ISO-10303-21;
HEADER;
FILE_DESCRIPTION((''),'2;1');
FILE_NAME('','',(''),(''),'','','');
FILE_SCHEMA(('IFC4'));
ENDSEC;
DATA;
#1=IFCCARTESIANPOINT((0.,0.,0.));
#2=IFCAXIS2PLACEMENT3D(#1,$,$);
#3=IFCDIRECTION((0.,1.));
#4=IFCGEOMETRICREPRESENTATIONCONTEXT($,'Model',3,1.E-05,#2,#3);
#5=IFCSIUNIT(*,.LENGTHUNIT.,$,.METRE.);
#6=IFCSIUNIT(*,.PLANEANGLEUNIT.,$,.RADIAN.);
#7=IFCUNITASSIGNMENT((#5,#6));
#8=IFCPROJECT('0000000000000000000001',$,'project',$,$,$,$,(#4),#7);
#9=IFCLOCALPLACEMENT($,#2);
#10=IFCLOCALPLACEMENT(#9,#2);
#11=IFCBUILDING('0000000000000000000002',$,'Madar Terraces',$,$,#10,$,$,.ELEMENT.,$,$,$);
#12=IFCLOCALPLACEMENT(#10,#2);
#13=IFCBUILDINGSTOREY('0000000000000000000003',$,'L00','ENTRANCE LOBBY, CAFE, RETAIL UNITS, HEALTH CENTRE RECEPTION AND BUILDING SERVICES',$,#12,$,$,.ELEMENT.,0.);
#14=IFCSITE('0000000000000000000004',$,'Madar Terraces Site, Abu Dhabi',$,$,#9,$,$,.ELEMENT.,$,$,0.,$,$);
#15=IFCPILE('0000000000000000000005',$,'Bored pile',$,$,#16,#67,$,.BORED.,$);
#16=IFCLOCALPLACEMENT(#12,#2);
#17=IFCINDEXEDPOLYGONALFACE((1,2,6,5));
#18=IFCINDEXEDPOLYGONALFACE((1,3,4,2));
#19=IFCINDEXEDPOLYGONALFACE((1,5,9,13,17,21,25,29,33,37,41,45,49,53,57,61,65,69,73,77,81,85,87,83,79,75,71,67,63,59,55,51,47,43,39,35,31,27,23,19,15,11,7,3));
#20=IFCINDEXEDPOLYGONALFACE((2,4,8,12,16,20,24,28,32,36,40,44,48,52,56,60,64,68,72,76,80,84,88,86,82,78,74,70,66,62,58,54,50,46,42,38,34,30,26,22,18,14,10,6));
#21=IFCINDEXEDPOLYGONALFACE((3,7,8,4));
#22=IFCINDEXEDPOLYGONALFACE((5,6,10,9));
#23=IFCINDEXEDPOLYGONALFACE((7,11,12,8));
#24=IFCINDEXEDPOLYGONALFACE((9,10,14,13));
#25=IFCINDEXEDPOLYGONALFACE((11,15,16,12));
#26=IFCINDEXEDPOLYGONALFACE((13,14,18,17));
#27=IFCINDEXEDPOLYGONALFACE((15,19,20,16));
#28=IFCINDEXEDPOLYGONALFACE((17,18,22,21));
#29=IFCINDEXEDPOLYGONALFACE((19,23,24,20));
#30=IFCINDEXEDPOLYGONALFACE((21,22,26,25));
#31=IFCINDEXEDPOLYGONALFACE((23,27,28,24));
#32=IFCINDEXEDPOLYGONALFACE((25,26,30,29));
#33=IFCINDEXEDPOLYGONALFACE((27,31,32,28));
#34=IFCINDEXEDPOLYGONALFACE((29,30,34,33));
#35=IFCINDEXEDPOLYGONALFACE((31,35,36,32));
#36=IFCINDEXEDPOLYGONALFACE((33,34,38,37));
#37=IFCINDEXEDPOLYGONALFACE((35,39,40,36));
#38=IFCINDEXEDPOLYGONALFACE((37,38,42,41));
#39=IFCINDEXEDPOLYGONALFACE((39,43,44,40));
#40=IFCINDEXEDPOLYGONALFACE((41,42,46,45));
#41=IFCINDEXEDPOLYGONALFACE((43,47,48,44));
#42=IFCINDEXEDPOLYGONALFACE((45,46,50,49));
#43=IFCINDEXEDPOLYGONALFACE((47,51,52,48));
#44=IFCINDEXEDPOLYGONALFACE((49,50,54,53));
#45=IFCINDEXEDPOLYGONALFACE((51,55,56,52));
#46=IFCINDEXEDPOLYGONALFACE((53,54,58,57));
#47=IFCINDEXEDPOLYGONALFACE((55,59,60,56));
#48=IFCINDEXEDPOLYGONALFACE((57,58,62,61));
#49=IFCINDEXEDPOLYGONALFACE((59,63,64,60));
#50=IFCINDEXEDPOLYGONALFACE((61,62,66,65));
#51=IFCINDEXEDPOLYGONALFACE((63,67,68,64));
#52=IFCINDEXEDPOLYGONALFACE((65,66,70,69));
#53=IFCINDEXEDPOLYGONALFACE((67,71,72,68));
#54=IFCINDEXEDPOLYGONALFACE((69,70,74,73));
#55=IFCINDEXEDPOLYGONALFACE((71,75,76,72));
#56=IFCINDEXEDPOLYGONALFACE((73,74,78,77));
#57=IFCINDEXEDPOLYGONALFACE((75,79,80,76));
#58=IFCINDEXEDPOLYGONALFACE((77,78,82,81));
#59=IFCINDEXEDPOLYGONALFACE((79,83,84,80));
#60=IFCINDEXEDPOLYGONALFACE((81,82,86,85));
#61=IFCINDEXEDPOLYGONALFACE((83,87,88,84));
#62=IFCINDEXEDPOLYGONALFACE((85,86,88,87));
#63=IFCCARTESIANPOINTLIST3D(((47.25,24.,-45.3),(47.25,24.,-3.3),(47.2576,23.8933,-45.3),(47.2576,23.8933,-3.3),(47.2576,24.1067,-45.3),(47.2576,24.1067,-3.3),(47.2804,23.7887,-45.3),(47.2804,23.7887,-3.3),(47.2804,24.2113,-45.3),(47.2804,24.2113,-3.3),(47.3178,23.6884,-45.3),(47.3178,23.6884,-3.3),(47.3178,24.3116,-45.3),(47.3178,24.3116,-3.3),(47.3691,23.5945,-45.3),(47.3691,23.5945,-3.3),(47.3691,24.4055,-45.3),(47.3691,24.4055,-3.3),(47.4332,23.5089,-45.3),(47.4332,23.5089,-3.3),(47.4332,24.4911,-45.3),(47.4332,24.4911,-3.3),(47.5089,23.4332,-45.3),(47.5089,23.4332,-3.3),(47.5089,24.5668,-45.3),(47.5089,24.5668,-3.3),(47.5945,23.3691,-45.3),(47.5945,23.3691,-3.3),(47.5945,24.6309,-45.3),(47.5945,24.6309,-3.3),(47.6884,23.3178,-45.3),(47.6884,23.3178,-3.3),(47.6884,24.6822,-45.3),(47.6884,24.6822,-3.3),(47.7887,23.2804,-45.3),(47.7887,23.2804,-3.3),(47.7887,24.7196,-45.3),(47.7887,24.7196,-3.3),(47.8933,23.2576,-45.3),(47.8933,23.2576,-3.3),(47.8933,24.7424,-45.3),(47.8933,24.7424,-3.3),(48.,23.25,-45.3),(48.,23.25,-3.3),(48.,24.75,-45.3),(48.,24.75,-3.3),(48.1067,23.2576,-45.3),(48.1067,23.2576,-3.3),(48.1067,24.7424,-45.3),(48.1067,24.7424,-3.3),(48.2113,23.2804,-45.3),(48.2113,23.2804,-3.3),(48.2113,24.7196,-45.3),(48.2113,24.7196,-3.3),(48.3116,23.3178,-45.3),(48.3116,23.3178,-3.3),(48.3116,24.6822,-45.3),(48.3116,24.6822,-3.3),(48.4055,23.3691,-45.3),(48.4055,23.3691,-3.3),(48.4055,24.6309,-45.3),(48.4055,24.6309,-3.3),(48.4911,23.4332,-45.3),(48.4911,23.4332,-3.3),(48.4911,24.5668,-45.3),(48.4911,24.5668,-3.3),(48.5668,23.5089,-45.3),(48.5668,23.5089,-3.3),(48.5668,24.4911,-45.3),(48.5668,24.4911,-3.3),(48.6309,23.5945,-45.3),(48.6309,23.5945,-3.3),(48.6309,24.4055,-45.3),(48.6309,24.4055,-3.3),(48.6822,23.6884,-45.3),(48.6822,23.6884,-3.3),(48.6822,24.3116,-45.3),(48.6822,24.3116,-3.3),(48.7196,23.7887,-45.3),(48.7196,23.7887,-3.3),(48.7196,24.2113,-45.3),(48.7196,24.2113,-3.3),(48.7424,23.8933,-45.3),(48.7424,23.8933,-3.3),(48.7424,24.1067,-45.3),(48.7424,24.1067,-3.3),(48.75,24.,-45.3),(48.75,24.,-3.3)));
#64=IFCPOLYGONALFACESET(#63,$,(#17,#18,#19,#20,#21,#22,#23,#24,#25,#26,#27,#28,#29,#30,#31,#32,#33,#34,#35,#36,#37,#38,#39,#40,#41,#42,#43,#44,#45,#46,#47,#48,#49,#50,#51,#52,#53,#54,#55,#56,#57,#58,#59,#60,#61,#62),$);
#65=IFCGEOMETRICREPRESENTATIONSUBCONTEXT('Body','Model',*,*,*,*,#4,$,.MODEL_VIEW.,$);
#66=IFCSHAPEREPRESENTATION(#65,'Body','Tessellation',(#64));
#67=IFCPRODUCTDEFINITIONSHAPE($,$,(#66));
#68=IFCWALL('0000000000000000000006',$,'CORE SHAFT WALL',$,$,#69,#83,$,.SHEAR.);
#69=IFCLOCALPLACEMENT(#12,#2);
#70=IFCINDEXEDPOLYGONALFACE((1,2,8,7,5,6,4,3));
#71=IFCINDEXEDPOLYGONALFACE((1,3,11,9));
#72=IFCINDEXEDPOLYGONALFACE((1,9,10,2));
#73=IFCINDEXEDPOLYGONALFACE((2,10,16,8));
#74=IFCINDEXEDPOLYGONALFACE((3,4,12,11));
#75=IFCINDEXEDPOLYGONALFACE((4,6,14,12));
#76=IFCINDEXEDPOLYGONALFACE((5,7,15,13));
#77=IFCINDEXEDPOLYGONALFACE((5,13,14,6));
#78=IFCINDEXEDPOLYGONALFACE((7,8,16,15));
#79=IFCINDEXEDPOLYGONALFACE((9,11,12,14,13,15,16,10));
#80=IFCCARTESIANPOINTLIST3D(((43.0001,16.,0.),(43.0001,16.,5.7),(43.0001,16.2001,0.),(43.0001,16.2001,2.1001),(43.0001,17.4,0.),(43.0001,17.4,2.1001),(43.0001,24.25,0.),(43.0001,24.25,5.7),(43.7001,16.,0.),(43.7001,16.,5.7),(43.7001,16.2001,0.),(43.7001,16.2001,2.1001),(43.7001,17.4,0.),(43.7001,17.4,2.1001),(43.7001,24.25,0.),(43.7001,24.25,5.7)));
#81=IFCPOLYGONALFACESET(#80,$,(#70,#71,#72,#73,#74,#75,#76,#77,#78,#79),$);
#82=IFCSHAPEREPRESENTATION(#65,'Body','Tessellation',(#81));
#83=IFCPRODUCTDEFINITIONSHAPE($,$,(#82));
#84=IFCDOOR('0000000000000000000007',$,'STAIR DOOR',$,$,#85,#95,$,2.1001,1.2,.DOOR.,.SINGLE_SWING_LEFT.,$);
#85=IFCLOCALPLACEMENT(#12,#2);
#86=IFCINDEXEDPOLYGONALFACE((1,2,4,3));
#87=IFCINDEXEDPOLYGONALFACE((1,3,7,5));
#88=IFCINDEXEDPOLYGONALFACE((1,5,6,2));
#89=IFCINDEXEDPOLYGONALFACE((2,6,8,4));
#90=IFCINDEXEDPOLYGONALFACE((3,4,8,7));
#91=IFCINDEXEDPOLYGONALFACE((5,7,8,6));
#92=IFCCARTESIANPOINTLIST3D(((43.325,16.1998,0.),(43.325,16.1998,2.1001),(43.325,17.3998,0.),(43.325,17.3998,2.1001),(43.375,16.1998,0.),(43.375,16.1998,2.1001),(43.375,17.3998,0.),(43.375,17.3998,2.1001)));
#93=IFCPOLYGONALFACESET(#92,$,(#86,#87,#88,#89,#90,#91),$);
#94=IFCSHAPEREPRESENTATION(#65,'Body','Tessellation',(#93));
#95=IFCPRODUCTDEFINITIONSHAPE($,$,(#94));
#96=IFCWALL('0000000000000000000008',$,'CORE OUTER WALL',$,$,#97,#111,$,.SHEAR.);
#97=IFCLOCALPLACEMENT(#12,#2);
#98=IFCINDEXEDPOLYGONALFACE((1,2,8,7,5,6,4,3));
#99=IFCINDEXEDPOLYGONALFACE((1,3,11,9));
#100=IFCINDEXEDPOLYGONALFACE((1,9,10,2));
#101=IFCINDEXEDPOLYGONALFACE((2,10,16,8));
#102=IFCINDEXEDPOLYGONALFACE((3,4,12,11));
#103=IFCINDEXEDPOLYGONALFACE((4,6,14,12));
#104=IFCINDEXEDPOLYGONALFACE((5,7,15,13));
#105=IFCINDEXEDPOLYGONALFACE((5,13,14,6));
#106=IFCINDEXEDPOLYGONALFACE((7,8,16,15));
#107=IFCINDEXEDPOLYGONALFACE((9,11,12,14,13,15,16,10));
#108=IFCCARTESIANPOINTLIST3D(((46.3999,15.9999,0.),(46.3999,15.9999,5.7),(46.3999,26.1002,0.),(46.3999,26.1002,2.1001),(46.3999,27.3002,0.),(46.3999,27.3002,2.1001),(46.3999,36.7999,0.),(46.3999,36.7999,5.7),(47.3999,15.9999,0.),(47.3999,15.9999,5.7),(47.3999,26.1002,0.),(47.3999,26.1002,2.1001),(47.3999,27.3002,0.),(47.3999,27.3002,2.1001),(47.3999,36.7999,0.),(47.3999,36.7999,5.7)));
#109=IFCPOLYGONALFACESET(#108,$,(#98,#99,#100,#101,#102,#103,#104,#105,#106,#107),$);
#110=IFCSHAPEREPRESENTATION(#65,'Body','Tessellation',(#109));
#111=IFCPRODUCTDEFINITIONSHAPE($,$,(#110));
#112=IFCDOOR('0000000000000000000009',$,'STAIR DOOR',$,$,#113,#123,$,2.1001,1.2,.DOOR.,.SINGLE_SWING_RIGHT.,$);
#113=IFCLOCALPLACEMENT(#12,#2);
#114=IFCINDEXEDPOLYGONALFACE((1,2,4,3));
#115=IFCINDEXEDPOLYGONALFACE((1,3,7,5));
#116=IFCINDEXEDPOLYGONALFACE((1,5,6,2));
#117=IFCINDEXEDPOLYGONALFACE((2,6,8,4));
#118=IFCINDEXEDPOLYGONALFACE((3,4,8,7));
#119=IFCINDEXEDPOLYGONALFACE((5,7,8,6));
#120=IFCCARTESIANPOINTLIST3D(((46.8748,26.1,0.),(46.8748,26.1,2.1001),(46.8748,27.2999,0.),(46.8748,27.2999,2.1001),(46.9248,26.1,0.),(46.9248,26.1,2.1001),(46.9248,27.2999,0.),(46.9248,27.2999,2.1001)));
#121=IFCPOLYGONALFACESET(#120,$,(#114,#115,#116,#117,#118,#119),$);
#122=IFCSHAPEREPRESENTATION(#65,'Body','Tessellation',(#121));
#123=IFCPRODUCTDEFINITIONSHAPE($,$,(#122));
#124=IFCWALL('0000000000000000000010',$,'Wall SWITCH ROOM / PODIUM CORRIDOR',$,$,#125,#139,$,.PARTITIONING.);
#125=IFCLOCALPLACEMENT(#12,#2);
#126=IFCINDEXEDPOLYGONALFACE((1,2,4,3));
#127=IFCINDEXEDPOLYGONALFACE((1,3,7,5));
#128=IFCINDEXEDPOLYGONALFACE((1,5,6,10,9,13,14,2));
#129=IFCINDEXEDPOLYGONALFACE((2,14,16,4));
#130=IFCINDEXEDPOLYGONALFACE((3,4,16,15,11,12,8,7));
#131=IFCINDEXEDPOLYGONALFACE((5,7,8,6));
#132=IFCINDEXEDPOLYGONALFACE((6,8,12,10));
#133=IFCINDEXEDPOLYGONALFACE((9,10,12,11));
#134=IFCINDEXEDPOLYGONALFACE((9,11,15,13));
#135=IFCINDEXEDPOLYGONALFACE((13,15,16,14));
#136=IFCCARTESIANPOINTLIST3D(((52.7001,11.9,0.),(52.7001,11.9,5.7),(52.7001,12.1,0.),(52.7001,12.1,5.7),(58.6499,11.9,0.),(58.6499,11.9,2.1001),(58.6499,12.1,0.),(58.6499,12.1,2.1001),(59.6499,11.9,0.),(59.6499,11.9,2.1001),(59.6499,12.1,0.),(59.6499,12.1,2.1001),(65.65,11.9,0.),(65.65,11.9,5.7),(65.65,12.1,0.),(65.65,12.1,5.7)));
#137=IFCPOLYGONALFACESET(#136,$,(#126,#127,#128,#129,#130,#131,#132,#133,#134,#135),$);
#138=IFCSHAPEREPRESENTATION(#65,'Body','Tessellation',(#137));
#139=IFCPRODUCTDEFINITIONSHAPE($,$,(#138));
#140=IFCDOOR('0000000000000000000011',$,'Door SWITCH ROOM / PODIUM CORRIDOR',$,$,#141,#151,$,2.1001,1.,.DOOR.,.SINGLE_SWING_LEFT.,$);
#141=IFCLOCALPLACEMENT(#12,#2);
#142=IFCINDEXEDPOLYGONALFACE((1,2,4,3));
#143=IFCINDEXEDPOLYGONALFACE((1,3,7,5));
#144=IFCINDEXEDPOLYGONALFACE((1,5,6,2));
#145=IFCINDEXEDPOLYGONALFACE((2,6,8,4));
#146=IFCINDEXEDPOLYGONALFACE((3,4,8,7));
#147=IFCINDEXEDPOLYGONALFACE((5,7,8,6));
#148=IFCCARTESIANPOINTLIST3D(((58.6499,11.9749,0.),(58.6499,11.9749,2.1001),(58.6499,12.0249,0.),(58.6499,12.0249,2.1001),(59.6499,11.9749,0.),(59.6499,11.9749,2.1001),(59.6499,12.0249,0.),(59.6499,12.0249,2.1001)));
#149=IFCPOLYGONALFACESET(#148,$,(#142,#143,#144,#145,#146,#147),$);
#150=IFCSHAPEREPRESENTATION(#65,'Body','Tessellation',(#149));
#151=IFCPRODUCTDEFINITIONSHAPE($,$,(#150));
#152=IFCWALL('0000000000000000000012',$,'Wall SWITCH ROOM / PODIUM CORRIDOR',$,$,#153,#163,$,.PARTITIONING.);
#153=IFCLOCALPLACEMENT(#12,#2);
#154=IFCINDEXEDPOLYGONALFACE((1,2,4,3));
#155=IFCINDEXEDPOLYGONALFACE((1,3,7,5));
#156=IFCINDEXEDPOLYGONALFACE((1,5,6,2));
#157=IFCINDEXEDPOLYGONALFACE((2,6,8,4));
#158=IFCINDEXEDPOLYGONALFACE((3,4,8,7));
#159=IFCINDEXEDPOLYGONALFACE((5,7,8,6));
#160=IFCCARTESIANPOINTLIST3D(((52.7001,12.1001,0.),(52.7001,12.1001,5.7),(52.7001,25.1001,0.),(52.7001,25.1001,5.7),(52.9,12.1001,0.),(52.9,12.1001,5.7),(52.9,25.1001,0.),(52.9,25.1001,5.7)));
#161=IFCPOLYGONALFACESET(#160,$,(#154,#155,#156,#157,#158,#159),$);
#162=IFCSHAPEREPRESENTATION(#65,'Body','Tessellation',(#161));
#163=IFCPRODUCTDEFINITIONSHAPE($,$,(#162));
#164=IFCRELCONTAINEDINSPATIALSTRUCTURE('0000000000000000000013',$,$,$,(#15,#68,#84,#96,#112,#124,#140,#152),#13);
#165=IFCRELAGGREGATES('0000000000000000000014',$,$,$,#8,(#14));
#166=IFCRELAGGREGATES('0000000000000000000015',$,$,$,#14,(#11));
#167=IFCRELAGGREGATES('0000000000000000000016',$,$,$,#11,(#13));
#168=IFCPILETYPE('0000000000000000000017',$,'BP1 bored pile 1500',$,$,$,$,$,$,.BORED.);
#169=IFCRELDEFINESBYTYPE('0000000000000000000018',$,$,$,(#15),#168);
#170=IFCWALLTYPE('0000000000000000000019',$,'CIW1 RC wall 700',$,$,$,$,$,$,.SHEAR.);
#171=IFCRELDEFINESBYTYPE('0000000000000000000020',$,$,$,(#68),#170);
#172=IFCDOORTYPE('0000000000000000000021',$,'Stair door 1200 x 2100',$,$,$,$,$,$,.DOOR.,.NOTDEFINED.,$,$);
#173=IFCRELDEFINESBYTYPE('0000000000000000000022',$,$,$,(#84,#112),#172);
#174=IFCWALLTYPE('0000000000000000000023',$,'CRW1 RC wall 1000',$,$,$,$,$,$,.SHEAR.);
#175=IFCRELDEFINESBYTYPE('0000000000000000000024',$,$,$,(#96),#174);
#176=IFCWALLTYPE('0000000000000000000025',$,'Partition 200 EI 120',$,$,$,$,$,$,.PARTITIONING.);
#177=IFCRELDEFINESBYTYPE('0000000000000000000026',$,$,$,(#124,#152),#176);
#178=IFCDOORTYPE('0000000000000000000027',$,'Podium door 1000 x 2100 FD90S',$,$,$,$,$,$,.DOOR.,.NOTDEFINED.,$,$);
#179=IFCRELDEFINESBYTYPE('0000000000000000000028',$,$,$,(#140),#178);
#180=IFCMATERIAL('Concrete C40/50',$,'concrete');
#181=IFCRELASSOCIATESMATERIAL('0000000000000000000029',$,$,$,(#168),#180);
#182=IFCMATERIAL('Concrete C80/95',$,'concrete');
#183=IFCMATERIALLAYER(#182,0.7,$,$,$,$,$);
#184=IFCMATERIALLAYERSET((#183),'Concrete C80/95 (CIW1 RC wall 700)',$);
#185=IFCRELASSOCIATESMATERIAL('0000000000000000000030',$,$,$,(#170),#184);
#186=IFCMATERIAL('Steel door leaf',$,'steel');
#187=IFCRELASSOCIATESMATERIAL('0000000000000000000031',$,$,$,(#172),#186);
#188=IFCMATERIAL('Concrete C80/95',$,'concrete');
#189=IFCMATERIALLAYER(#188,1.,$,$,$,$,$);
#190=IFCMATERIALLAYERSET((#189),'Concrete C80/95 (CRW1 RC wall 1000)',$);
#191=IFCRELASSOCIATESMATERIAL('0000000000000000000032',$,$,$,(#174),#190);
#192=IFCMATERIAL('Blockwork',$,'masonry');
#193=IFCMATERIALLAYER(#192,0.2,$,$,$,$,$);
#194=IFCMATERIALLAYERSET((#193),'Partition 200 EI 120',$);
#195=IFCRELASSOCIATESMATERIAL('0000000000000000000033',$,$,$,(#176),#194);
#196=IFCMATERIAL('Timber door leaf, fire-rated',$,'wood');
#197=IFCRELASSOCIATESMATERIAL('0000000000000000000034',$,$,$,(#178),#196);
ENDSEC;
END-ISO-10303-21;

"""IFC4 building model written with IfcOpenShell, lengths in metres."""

from ifc_helpers import new_model, si_unit, direction, frame, frame_2d, origin, origin_2d, place, context, subcontext, project, spatial, rectangle, circle, extrude, material, layer, layer_set, material_profile, profile_set, type_object, element, fill, save


model = new_model("IFC4")

# Units and contexts
model_context = context("Model", 3, precision=1e-05, world=origin(), true_north=direction((0.0, 1.0)))
body_context = subcontext(model_context, "Body", "Model", "MODEL_VIEW")
ifc_project = project(units=[si_unit("LENGTHUNIT", "METRE"), si_unit("PLANEANGLEUNIT", "RADIAN")], contexts=[model_context])

# Site, building, storey
site_placement = place(None, origin())
site = spatial("IfcSite", under=ifc_project, at=site_placement, Name="Madar Terraces Site, Abu Dhabi", CompositionType="ELEMENT", RefElevation=0.0)
building_placement = place(site_placement, origin())
building = spatial("IfcBuilding", under=site, at=building_placement, Name="Madar Terraces", CompositionType="ELEMENT")
storey_placement = place(building_placement, origin())
storey = spatial("IfcBuildingStorey", under=building, at=storey_placement, Name="L00", Description="ENTRANCE LOBBY, CAFE, RETAIL UNITS, HEALTH CENTRE RECEPTION AND BUILDING SERVICES", CompositionType="ELEMENT", Elevation=0.0)

# Pile
ifc_material_1 = material(Name="Concrete C40/50", Category="concrete")
ifc_material_profile = material_profile(ifc_material_1, circle(Radius=0.75, at=origin_2d()), Name="BP1 bored pile 1500")
ifc_profile_set = profile_set([ifc_material_profile], Name="Concrete C40/50")
pile_type = type_object("IfcPileType", Name="BP1 bored pile 1500", PredefinedType="BORED", material=ifc_profile_set)
for number, where, z_axis, x_axis, name in (
    (1, (48.0, 24.0, -3.3), (0.0, 0.0, -1.0), (1.0, 0.0, 0.0), "Bored pile"),
):
    element("IfcPile", number, at=place(storey_placement, frame(where, z_axis=z_axis, x_axis=x_axis)), inside=storey, type_object=pile_type, Name=name, PredefinedType="BORED", context=body_context, shape_type="SweptSolid", body=[
        extrude(circle(Radius=0.75, at=origin_2d()), origin(), (0.0, 0.0, 1.0), 42.0),
    ])

# Walls, openings, doors
ifc_material_2 = material(Name="Concrete C80/95", Category="concrete")
ifc_layer_1 = layer(ifc_material_2, 0.7)
ifc_layer_set_1 = layer_set([ifc_layer_1], Name="Concrete C80/95 (CIW1 RC wall 700)")
wall_type_1 = type_object("IfcWallType", Name="CIW1 RC wall 700", PredefinedType="SHEAR", material=ifc_layer_set_1)
wall_1_placement = place(storey_placement, frame((43.3501, 16.0, 0.0), z_axis=(0.0, 0.0, 1.0), x_axis=(0.0, 1.0, 0.0)))
wall_1 = element("IfcWall", 2, at=wall_1_placement, inside=storey, type_object=wall_type_1, Name="CORE SHAFT WALL", PredefinedType="SHEAR", context=body_context, shape_type="SweptSolid", body=[
    extrude(rectangle(XDim=8.25, YDim=0.7, at=frame_2d((4.125, 0.0))), origin(), (0.0, 0.0, 1.0), 5.7),
])
opening_1_placement = place(wall_1_placement, frame((0.2, 0.0, 0.0)))
opening_1 = element("IfcOpeningElement", 3, at=opening_1_placement, cuts=wall_1, PredefinedType="OPENING", context=body_context, shape_type="SweptSolid", body=[
    extrude(rectangle(XDim=1.2, YDim=2.1001, at=frame_2d((0.6001, 1.05))), frame((0.0, 0.3599, 0.0), z_axis=(0.0, -1.0, 0.0), x_axis=(1.0, 0.0, 0.0)), (0.0, 0.0, 1.0), 0.72),
])
ifc_material_3 = material(Name="Steel door leaf", Category="steel")
door_type_1 = type_object("IfcDoorType", Name="Stair door 1200 x 2100", OperationType="NOTDEFINED", PredefinedType="DOOR", material=ifc_material_3)
door_1_placement = place(opening_1_placement, frame((1.2, 0.0, 0.0), z_axis=(0.0, 0.0, 1.0), x_axis=(-1.0, 0.0, 0.0)))
door_1 = element("IfcDoor", 4, at=door_1_placement, inside=storey, type_object=door_type_1, Name="STAIR DOOR", OperationType="SINGLE_SWING_LEFT", OverallHeight=2.1001, OverallWidth=1.2, PredefinedType="DOOR", context=body_context, shape_type="SweptSolid", body=[
    extrude(rectangle(XDim=1.2, YDim=2.1001, at=frame_2d((0.6001, 1.05))), frame((0.0, 0.0249, 0.0), z_axis=(0.0, -1.0, 0.0), x_axis=(1.0, 0.0, 0.0)), (0.0, 0.0, 1.0), 0.05),
])
fill(opening_1, door_1)
ifc_material_4 = material(Name="Concrete C80/95", Category="concrete")
ifc_layer_2 = layer(ifc_material_4, 1.0)
ifc_layer_set_2 = layer_set([ifc_layer_2], Name="Concrete C80/95 (CRW1 RC wall 1000)")
wall_type_2 = type_object("IfcWallType", Name="CRW1 RC wall 1000", PredefinedType="SHEAR", material=ifc_layer_set_2)
wall_2_placement = place(storey_placement, frame((46.8999, 16.0, 0.0), z_axis=(0.0, 0.0, 1.0), x_axis=(0.0, 1.0, 0.0)))
wall_2 = element("IfcWall", 5, at=wall_2_placement, inside=storey, type_object=wall_type_2, Name="CORE OUTER WALL", PredefinedType="SHEAR", context=body_context, shape_type="SweptSolid", body=[
    extrude(rectangle(XDim=20.8, YDim=1.0, at=frame_2d((10.3999, 0.0))), origin(), (0.0, 0.0, 1.0), 5.7),
])
opening_2_placement = place(wall_2_placement, frame((10.1001, 0.0, 0.0)))
opening_2 = element("IfcOpeningElement", 6, at=opening_2_placement, cuts=wall_2, PredefinedType="OPENING", context=body_context, shape_type="SweptSolid", body=[
    extrude(rectangle(XDim=1.2, YDim=2.1001, at=frame_2d((0.6001, 1.05))), frame((0.0, 0.51, 0.0), z_axis=(0.0, -1.0, 0.0), x_axis=(1.0, 0.0, 0.0)), (0.0, 0.0, 1.0), 1.02),
])
door_2_placement = place(opening_2_placement, frame((1.2, 0.0, 0.0), z_axis=(0.0, 0.0, 1.0), x_axis=(-1.0, 0.0, 0.0)))
door_2 = element("IfcDoor", 7, at=door_2_placement, inside=storey, type_object=door_type_1, Name="STAIR DOOR", OperationType="SINGLE_SWING_RIGHT", OverallHeight=2.1001, OverallWidth=1.2, PredefinedType="DOOR", context=body_context, shape_type="SweptSolid", body=[
    extrude(rectangle(XDim=1.2, YDim=2.1001, at=frame_2d((0.6001, 1.05))), frame((0.0, 0.0249, 0.0), z_axis=(0.0, -1.0, 0.0), x_axis=(1.0, 0.0, 0.0)), (0.0, 0.0, 1.0), 0.05),
])
fill(opening_2, door_2)
ifc_material_5 = material(Name="Blockwork", Category="masonry")
ifc_layer_3 = layer(ifc_material_5, 0.2)
ifc_layer_set_3 = layer_set([ifc_layer_3], Name="Partition 200 EI 120")
wall_type_3 = type_object("IfcWallType", Name="Partition 200 EI 120", PredefinedType="PARTITIONING", material=ifc_layer_set_3)
wall_3_placement = place(storey_placement, frame((52.7, 12.0, 0.0), z_axis=(0.0, 0.0, 1.0), x_axis=(1.0, 0.0, 0.0)))
wall_3 = element("IfcWall", 8, at=wall_3_placement, inside=storey, type_object=wall_type_3, Name="Wall SWITCH ROOM / PODIUM CORRIDOR", PredefinedType="PARTITIONING", context=body_context, shape_type="SweptSolid", body=[
    extrude(rectangle(XDim=12.95, YDim=0.2, at=frame_2d((6.4751, 0.0))), origin(), (0.0, 0.0, 1.0), 5.7),
])
opening_3_placement = place(wall_3_placement, frame((5.95, 0.0, 0.0)))
opening_3 = element("IfcOpeningElement", 9, at=opening_3_placement, cuts=wall_3, PredefinedType="OPENING", context=body_context, shape_type="SweptSolid", body=[
    extrude(rectangle(XDim=1.0, YDim=2.1001, at=frame_2d((0.5, 1.05))), frame((0.0, 0.1099, 0.0), z_axis=(0.0, -1.0, 0.0), x_axis=(1.0, 0.0, 0.0)), (0.0, 0.0, 1.0), 0.22),
])
ifc_material_6 = material(Name="Timber door leaf, fire-rated", Category="wood")
door_type_2 = type_object("IfcDoorType", Name="Podium door 1000 x 2100 FD90S", OperationType="NOTDEFINED", PredefinedType="DOOR", material=ifc_material_6)
door_3_placement = place(opening_3_placement, origin())
door_3 = element("IfcDoor", 10, at=door_3_placement, inside=storey, type_object=door_type_2, Name="Door SWITCH ROOM / PODIUM CORRIDOR", OperationType="SINGLE_SWING_LEFT", OverallHeight=2.1001, OverallWidth=1.0, PredefinedType="DOOR", context=body_context, shape_type="SweptSolid", body=[
    extrude(rectangle(XDim=1.0, YDim=2.1001, at=frame_2d((0.5, 1.05))), frame((0.0, 0.0249, 0.0), z_axis=(0.0, -1.0, 0.0), x_axis=(1.0, 0.0, 0.0)), (0.0, 0.0, 1.0), 0.05),
])
fill(opening_3, door_3)

# Wall
wall_4_placement = place(storey_placement, frame((52.8, 12.1001, 0.0), z_axis=(0.0, 0.0, 1.0), x_axis=(0.0, 1.0, 0.0)))
element("IfcWall", 11, at=wall_4_placement, inside=storey, type_object=wall_type_3, Name="Wall SWITCH ROOM / PODIUM CORRIDOR", PredefinedType="PARTITIONING", context=body_context, shape_type="SweptSolid", body=[
    extrude(rectangle(XDim=13.0, YDim=0.2, at=frame_2d((6.5, 0.0))), origin(), (0.0, 0.0, 1.0), 5.7),
])

save(model, "model.ifc")
